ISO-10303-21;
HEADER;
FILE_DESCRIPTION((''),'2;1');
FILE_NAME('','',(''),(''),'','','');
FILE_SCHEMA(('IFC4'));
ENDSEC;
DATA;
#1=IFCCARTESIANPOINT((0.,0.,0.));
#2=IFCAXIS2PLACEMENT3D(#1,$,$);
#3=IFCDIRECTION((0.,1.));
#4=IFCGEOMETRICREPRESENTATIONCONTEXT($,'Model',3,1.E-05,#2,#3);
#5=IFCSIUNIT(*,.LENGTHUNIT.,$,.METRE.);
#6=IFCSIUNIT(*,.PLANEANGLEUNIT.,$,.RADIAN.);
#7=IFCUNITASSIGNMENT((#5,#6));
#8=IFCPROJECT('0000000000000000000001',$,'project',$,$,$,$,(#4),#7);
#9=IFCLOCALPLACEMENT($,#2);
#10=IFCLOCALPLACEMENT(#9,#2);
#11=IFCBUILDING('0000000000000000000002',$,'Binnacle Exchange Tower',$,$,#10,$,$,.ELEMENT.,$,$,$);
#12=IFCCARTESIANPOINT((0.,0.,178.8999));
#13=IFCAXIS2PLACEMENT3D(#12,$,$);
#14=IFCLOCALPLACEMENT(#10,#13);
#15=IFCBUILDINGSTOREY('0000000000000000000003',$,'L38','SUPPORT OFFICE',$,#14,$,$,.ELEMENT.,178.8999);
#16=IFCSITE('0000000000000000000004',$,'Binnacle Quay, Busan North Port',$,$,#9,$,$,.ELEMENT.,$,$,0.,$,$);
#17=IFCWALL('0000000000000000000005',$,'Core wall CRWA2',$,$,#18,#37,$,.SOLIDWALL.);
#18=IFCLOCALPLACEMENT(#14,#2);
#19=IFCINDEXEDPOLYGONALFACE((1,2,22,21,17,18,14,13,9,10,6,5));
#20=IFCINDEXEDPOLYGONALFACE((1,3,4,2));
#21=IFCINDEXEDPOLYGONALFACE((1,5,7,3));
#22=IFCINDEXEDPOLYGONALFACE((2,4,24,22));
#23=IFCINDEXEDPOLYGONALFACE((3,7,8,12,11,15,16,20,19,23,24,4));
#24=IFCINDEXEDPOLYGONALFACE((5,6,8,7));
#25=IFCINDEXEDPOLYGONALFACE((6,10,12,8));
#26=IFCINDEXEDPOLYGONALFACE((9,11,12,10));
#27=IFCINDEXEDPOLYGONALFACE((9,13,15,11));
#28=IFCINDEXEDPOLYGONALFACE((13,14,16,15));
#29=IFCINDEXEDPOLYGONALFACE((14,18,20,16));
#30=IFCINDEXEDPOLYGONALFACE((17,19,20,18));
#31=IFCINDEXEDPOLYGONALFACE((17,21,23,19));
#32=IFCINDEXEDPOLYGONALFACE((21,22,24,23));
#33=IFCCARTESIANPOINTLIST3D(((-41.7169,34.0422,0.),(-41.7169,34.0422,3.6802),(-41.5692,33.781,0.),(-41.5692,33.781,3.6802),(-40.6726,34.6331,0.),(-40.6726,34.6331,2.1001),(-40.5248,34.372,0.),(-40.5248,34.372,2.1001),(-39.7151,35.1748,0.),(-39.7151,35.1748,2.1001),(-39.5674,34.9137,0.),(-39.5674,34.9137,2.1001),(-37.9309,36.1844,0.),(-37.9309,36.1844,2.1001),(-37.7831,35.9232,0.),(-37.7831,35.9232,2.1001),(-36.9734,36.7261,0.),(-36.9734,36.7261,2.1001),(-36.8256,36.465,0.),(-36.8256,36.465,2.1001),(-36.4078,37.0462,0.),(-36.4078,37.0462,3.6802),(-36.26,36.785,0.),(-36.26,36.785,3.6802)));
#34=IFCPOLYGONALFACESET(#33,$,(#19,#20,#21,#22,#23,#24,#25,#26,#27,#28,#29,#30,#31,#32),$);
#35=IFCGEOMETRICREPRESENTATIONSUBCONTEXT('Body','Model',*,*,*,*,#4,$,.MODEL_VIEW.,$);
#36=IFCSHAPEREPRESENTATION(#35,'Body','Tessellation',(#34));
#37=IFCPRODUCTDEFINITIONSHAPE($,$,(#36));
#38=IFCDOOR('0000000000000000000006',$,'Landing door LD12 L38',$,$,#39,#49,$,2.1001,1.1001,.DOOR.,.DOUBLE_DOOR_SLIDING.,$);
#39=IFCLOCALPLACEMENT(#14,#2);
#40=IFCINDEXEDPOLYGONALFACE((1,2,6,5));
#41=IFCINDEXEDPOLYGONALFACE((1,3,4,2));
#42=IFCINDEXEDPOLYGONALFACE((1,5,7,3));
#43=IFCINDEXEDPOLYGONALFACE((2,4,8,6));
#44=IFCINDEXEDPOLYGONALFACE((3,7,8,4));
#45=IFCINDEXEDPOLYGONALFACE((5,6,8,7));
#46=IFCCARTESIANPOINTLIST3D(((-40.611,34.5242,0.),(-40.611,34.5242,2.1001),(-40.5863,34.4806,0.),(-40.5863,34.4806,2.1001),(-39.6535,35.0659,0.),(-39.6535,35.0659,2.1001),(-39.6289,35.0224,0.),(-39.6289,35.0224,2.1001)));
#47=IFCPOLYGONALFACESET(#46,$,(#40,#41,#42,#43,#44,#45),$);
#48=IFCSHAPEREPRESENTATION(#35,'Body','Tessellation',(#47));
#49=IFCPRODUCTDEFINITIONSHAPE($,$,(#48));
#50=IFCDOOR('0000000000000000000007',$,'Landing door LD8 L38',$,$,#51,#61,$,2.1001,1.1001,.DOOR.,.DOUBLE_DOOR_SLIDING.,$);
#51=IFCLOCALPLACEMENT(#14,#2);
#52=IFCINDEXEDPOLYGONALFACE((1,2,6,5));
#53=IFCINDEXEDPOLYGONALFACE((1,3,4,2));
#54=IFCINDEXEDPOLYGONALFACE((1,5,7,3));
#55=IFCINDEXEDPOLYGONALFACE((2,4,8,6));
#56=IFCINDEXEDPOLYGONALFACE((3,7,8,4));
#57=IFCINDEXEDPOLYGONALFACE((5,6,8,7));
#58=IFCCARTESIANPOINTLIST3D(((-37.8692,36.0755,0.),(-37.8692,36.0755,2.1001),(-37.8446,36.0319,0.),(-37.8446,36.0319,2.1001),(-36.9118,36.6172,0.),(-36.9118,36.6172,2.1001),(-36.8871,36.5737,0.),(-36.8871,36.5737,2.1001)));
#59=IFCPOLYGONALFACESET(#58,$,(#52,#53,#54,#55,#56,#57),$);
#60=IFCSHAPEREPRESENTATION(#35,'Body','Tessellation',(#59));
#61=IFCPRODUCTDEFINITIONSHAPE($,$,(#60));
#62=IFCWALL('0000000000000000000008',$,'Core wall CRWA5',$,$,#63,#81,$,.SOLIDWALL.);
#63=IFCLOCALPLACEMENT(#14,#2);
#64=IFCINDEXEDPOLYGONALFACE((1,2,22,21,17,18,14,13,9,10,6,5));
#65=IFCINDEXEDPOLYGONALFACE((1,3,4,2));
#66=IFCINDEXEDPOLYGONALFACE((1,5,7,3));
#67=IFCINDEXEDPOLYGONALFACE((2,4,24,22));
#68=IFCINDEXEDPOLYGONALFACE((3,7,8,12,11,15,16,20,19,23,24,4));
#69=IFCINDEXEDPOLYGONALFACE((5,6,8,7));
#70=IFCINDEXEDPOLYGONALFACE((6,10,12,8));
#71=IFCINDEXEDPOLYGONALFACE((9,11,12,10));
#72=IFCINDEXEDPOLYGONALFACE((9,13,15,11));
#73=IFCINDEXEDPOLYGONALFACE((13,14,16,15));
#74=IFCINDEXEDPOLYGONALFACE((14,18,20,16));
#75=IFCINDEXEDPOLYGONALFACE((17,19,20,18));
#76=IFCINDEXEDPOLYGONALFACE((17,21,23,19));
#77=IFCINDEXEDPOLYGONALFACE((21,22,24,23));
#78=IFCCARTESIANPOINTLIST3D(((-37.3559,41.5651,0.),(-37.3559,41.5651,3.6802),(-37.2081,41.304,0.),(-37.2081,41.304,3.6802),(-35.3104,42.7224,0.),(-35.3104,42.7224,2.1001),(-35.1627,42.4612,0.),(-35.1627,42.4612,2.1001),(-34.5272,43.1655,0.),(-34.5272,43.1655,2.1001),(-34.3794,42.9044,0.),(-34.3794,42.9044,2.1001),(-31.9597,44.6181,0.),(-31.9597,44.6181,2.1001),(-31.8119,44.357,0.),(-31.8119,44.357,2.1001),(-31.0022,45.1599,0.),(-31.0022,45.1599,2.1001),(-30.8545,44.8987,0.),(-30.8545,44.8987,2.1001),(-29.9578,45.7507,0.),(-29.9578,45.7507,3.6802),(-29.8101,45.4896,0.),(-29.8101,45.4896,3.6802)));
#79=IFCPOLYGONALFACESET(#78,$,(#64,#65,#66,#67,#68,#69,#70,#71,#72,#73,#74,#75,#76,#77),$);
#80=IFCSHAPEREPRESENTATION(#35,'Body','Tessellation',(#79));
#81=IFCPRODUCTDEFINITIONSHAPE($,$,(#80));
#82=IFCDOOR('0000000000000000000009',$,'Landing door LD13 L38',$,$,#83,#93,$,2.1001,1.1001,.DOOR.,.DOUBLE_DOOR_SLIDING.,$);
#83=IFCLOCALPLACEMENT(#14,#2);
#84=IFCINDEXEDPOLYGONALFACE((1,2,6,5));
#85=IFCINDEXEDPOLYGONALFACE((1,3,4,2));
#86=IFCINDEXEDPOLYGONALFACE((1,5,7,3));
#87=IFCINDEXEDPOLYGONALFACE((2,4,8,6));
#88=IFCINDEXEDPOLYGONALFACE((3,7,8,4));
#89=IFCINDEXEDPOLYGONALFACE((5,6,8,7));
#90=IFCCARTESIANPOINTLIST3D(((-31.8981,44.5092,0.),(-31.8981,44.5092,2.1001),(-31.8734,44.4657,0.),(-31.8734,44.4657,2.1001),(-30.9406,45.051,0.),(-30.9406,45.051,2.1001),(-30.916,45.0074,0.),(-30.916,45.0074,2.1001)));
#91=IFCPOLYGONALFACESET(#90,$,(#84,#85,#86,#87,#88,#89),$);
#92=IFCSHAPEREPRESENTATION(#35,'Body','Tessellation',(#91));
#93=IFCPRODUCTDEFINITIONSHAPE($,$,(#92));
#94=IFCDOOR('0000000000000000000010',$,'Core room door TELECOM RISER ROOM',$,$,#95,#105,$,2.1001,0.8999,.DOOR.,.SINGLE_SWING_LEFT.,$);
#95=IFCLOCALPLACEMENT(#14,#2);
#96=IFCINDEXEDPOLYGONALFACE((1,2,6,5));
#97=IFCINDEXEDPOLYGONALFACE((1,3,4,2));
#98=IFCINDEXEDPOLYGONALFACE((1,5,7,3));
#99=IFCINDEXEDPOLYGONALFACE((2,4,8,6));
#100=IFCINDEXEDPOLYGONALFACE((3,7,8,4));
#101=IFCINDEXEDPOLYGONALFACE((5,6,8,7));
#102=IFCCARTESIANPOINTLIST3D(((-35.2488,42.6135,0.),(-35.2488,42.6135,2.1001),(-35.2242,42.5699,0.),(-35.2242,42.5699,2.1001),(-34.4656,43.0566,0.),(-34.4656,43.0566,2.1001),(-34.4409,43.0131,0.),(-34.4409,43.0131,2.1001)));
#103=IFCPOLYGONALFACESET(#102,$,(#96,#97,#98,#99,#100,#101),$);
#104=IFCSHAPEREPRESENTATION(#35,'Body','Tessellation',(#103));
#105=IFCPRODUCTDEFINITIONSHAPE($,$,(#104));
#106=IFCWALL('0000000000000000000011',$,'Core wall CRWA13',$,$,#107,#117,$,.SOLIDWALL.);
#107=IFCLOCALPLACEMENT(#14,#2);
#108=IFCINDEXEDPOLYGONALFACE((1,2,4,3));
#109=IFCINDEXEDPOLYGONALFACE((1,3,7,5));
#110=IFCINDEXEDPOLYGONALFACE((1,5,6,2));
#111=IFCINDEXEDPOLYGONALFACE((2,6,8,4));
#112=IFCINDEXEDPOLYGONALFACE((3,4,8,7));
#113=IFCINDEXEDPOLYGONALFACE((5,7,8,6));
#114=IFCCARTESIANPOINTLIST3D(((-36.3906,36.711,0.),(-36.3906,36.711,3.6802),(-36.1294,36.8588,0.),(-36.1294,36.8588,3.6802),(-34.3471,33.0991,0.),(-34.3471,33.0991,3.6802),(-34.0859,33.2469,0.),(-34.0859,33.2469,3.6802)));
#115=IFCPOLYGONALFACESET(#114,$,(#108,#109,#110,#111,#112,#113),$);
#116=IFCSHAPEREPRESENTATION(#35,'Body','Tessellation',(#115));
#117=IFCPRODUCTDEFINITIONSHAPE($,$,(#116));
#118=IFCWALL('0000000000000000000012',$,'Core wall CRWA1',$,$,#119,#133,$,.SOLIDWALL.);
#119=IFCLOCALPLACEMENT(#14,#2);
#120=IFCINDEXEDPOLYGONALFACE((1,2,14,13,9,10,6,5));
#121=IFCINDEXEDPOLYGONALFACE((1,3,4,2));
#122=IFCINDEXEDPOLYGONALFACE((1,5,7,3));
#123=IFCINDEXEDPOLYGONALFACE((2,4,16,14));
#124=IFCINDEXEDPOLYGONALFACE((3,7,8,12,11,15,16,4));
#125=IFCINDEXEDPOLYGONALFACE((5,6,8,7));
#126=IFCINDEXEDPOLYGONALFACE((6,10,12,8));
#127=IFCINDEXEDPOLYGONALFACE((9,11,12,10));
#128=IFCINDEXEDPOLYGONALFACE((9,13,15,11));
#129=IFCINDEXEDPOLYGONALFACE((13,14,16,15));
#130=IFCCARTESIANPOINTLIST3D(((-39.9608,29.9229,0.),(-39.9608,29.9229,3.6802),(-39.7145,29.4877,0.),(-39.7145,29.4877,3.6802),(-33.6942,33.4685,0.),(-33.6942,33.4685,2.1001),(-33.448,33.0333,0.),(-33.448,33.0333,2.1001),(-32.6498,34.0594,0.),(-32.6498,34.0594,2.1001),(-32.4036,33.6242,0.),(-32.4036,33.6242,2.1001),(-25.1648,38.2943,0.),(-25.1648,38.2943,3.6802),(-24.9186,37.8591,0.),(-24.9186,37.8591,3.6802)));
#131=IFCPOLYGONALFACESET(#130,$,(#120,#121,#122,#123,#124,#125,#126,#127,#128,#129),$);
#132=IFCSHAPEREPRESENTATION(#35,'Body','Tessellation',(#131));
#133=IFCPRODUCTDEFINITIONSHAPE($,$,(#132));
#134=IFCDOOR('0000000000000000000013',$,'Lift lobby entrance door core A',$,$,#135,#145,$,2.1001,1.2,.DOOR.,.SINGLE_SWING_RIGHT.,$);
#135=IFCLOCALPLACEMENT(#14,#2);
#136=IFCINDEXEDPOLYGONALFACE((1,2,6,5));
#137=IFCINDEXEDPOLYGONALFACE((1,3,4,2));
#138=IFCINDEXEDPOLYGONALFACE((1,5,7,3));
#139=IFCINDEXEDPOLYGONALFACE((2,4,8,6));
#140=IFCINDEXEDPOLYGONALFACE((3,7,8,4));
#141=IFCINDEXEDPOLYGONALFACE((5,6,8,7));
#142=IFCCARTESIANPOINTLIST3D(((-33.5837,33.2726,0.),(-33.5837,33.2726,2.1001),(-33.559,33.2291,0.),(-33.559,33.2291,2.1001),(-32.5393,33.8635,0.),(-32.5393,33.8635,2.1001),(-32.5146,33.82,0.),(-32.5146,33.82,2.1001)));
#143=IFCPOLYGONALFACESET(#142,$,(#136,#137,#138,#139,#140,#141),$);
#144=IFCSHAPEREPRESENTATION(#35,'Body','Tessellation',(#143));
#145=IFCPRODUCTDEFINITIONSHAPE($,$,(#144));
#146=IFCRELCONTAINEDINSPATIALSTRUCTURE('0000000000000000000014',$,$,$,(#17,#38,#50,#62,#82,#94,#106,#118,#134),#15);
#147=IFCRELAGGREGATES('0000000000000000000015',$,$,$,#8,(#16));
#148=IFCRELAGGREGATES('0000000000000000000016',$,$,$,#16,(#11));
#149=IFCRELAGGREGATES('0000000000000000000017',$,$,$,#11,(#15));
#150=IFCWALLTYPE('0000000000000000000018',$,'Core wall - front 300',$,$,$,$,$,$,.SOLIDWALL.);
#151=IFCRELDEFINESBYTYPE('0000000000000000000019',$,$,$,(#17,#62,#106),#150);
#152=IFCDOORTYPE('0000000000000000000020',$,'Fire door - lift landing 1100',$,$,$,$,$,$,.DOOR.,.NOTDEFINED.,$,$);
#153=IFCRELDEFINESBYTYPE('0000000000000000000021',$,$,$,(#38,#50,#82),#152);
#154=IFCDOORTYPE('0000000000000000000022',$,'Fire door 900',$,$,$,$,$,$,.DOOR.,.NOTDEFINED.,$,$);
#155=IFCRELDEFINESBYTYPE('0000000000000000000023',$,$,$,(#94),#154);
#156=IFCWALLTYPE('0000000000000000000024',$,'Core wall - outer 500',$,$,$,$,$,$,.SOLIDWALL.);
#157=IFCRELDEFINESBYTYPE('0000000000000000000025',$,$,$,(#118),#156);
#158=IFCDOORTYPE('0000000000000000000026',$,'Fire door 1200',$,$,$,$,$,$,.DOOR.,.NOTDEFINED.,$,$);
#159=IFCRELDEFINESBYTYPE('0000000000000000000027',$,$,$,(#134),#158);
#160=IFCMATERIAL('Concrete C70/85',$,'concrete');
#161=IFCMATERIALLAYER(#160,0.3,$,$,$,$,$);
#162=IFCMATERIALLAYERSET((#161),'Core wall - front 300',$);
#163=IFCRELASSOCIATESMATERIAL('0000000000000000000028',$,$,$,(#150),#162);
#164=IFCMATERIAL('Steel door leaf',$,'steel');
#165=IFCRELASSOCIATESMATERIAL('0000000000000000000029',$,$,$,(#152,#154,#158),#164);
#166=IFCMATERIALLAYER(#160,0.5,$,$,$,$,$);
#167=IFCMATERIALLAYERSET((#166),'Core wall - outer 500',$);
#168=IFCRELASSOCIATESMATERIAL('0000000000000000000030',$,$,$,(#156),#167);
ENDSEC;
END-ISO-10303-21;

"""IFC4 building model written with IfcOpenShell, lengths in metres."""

from ifc_helpers import new_model, si_unit, direction, frame, frame_2d, origin, place, context, subcontext, project, spatial, rectangle, extrude, material, layer, layer_set, type_object, element, fill, save


model = new_model("IFC4")

# Units and contexts
model_context = context("Model", 3, precision=1e-05, world=origin(), true_north=direction((0.0, 1.0)))
body_context = subcontext(model_context, "Body", "Model", "MODEL_VIEW")
ifc_project = project(units=[si_unit("LENGTHUNIT", "METRE"), si_unit("PLANEANGLEUNIT", "RADIAN")], contexts=[model_context])

# Site, building, storey
site_placement = place(None, origin())
site = spatial("IfcSite", under=ifc_project, at=site_placement, Name="Binnacle Quay, Busan North Port", CompositionType="ELEMENT", RefElevation=0.0)
building_placement = place(site_placement, origin())
building = spatial("IfcBuilding", under=site, at=building_placement, Name="Binnacle Exchange Tower", CompositionType="ELEMENT")
storey_placement = place(building_placement, frame((0.0, 0.0, 178.8999)))
storey = spatial("IfcBuildingStorey", under=building, at=storey_placement, Name="L38", Description="SUPPORT OFFICE", CompositionType="ELEMENT", Elevation=178.8999)

# Shared definitions
ifc_material_1 = material(Name="Concrete C70/85", Category="concrete")

# Walls, openings, doors
ifc_layer_1 = layer(ifc_material_1, 0.3)
ifc_layer_set_1 = layer_set([ifc_layer_1], Name="Core wall - front 300")
wall_type_1 = type_object("IfcWallType", Name="Core wall - front 300", PredefinedType="SOLIDWALL", material=ifc_layer_set_1)
wall_1_placement = place(storey_placement, frame((-41.6431, 33.9116, 0.0), z_axis=(0.0, 0.0, 1.0), x_axis=(0.870344, 0.492445, 0.0)))
wall_1 = element("IfcWall", 1, at=wall_1_placement, inside=storey, type_object=wall_type_1, Name="Core wall CRWA2", PredefinedType="SOLIDWALL", context=body_context, shape_type="SweptSolid", body=[
    extrude(rectangle(XDim=6.1001, YDim=0.3, at=frame_2d((3.05, 0.0))), origin(), (0.0, 0.0, 1.0), 3.6802),
])
opening_1_placement = place(wall_1_placement, frame((1.2, 0.0, 0.0)))
opening_1 = element("IfcOpeningElement", 2, at=opening_1_placement, cuts=wall_1, PredefinedType="OPENING", context=body_context, shape_type="SweptSolid", body=[
    extrude(rectangle(XDim=1.1001, YDim=2.1001, at=frame_2d((0.55, 1.05))), frame((0.0, 0.1599, 0.0), z_axis=(0.0, -1.0, 0.0), x_axis=(1.0, 0.0, 0.0)), (0.0, 0.0, 1.0), 0.3201),
])
opening_2_placement = place(wall_1_placement, frame((4.3501, 0.0, 0.0)))
opening_2 = element("IfcOpeningElement", 3, at=opening_2_placement, cuts=wall_1, PredefinedType="OPENING", context=body_context, shape_type="SweptSolid", body=[
    extrude(rectangle(XDim=1.1001, YDim=2.1001, at=frame_2d((0.55, 1.05))), frame((0.0, 0.1599, 0.0), z_axis=(0.0, -1.0, 0.0), x_axis=(1.0, 0.0, 0.0)), (0.0, 0.0, 1.0), 0.3201),
])
ifc_material_2 = material(Name="Steel door leaf", Category="steel")
door_type_1 = type_object("IfcDoorType", Name="Fire door - lift landing 1100", OperationType="NOTDEFINED", PredefinedType="DOOR", material=ifc_material_2)
door_1_placement = place(opening_1_placement, origin())
door_1 = element("IfcDoor", 4, at=door_1_placement, inside=storey, type_object=door_type_1, Name="Landing door LD12 L38", OperationType="DOUBLE_DOOR_SLIDING", OverallHeight=2.1001, OverallWidth=1.1001, PredefinedType="DOOR", context=body_context, shape_type="SweptSolid", body=[
    extrude(rectangle(XDim=1.1001, YDim=2.1001, at=frame_2d((0.55, 1.05))), frame((0.0, 0.0249, 0.0), z_axis=(0.0, -1.0, 0.0), x_axis=(1.0, 0.0, 0.0)), (0.0, 0.0, 1.0), 0.05),
])
fill(opening_1, door_1)
door_2_placement = place(opening_2_placement, origin())
door_2 = element("IfcDoor", 5, at=door_2_placement, inside=storey, type_object=door_type_1, Name="Landing door LD8 L38", OperationType="DOUBLE_DOOR_SLIDING", OverallHeight=2.1001, OverallWidth=1.1001, PredefinedType="DOOR", context=body_context, shape_type="SweptSolid", body=[
    extrude(rectangle(XDim=1.1001, YDim=2.1001, at=frame_2d((0.55, 1.05))), frame((0.0, 0.0249, 0.0), z_axis=(0.0, -1.0, 0.0), x_axis=(1.0, 0.0, 0.0)), (0.0, 0.0, 1.0), 0.05),
])
fill(opening_2, door_2)
wall_2_placement = place(storey_placement, frame((-37.282, 41.4346, 0.0), z_axis=(0.0, 0.0, 1.0), x_axis=(0.870356, 0.492423, 0.0)))
wall_2 = element("IfcWall", 6, at=wall_2_placement, inside=storey, type_object=wall_type_1, Name="Core wall CRWA5", PredefinedType="SOLIDWALL", context=body_context, shape_type="SweptSolid", body=[
    extrude(rectangle(XDim=8.5, YDim=0.3, at=frame_2d((4.25, 0.0))), origin(), (0.0, 0.0, 1.0), 3.6802),
])
opening_3_placement = place(wall_2_placement, frame((6.2, 0.0, 0.0)))
opening_3 = element("IfcOpeningElement", 7, at=opening_3_placement, cuts=wall_2, PredefinedType="OPENING", context=body_context, shape_type="SweptSolid", body=[
    extrude(rectangle(XDim=1.1001, YDim=2.1001, at=frame_2d((0.55, 1.05))), frame((0.0, 0.1599, 0.0), z_axis=(0.0, -1.0, 0.0), x_axis=(1.0, 0.0, 0.0)), (0.0, 0.0, 1.0), 0.3201),
])
opening_4_placement = place(wall_2_placement, frame((2.3501, 0.0, 0.0)))
opening_4 = element("IfcOpeningElement", 8, at=opening_4_placement, cuts=wall_2, PredefinedType="OPENING", context=body_context, shape_type="SweptSolid", body=[
    extrude(rectangle(XDim=0.8999, YDim=2.1001, at=frame_2d((0.45, 1.05))), frame((0.0, 0.1599, 0.0), z_axis=(0.0, -1.0, 0.0), x_axis=(1.0, 0.0, 0.0)), (0.0, 0.0, 1.0), 0.3201),
])
door_3_placement = place(opening_3_placement, origin())
door_3 = element("IfcDoor", 9, at=door_3_placement, inside=storey, type_object=door_type_1, Name="Landing door LD13 L38", OperationType="DOUBLE_DOOR_SLIDING", OverallHeight=2.1001, OverallWidth=1.1001, PredefinedType="DOOR", context=body_context, shape_type="SweptSolid", body=[
    extrude(rectangle(XDim=1.1001, YDim=2.1001, at=frame_2d((0.55, 1.05))), frame((0.0, 0.0249, 0.0), z_axis=(0.0, -1.0, 0.0), x_axis=(1.0, 0.0, 0.0)), (0.0, 0.0, 1.0), 0.05),
])
fill(opening_3, door_3)
door_type_2 = type_object("IfcDoorType", Name="Fire door 900", OperationType="NOTDEFINED", PredefinedType="DOOR", material=ifc_material_2)
door_4_placement = place(opening_4_placement, origin())
door_4 = element("IfcDoor", 10, at=door_4_placement, inside=storey, type_object=door_type_2, Name="Core room door TELECOM RISER ROOM", OperationType="SINGLE_SWING_LEFT", OverallHeight=2.1001, OverallWidth=0.8999, PredefinedType="DOOR", context=body_context, shape_type="SweptSolid", body=[
    extrude(rectangle(XDim=0.8999, YDim=2.1001, at=frame_2d((0.45, 1.05))), frame((0.0, 0.0249, 0.0), z_axis=(0.0, -1.0, 0.0), x_axis=(1.0, 0.0, 0.0)), (0.0, 0.0, 1.0), 0.05),
])
fill(opening_4, door_4)

# Wall
wall_3_placement = place(storey_placement, frame((-36.26, 36.7849, 0.0), z_axis=(0.0, 0.0, 1.0), x_axis=(0.492422, -0.870357, 0.0)))
element("IfcWall", 11, at=wall_3_placement, inside=storey, type_object=wall_type_1, Name="Core wall CRWA13", PredefinedType="SOLIDWALL", context=body_context, shape_type="SweptSolid", body=[
    extrude(rectangle(XDim=4.1499, YDim=0.3, at=frame_2d((2.075, 0.0))), origin(), (0.0, 0.0, 1.0), 3.6802),
])

# Wall, opening, door
ifc_layer_2 = layer(ifc_material_1, 0.5)
ifc_layer_set_2 = layer_set([ifc_layer_2], Name="Core wall - outer 500")
wall_type_2 = type_object("IfcWallType", Name="Core wall - outer 500", PredefinedType="SOLIDWALL", material=ifc_layer_set_2)
wall_4_placement = place(storey_placement, frame((-39.8376, 29.7053, 0.0), z_axis=(0.0, 0.0, 1.0), x_axis=(0.87035, 0.492433, 0.0)))
wall_4 = element("IfcWall", 12, at=wall_4_placement, inside=storey, type_object=wall_type_2, Name="Core wall CRWA1", PredefinedType="SOLIDWALL", context=body_context, shape_type="SweptSolid", body=[
    extrude(rectangle(XDim=17.0, YDim=0.5, at=frame_2d((8.5, 0.0))), origin(), (0.0, 0.0, 1.0), 3.6802),
])
opening_5_placement = place(wall_4_placement, frame((7.2, 0.0, 0.0)))
opening_5 = element("IfcOpeningElement", 13, at=opening_5_placement, cuts=wall_4, PredefinedType="OPENING", context=body_context, shape_type="SweptSolid", body=[
    extrude(rectangle(XDim=1.2, YDim=2.1001, at=frame_2d((0.6001, 1.05))), frame((0.0, 0.26, 0.0), z_axis=(0.0, -1.0, 0.0), x_axis=(1.0, 0.0, 0.0)), (0.0, 0.0, 1.0), 0.52),
])
door_type_3 = type_object("IfcDoorType", Name="Fire door 1200", OperationType="NOTDEFINED", PredefinedType="DOOR", material=ifc_material_2)
door_5_placement = place(opening_5_placement, frame((1.2, 0.0, 0.0), z_axis=(0.0, 0.0, 1.0), x_axis=(-1.0, 0.0, 0.0)))
door_5 = element("IfcDoor", 14, at=door_5_placement, inside=storey, type_object=door_type_3, Name="Lift lobby entrance door core A", OperationType="SINGLE_SWING_RIGHT", OverallHeight=2.1001, OverallWidth=1.2, PredefinedType="DOOR", context=body_context, shape_type="SweptSolid", body=[
    extrude(rectangle(XDim=1.2, YDim=2.1001, at=frame_2d((0.6001, 1.05))), frame((0.0, 0.0249, 0.0), z_axis=(0.0, -1.0, 0.0), x_axis=(1.0, 0.0, 0.0)), (0.0, 0.0, 1.0), 0.05),
])
fill(opening_5, door_5)

save(model, "model.ifc")
